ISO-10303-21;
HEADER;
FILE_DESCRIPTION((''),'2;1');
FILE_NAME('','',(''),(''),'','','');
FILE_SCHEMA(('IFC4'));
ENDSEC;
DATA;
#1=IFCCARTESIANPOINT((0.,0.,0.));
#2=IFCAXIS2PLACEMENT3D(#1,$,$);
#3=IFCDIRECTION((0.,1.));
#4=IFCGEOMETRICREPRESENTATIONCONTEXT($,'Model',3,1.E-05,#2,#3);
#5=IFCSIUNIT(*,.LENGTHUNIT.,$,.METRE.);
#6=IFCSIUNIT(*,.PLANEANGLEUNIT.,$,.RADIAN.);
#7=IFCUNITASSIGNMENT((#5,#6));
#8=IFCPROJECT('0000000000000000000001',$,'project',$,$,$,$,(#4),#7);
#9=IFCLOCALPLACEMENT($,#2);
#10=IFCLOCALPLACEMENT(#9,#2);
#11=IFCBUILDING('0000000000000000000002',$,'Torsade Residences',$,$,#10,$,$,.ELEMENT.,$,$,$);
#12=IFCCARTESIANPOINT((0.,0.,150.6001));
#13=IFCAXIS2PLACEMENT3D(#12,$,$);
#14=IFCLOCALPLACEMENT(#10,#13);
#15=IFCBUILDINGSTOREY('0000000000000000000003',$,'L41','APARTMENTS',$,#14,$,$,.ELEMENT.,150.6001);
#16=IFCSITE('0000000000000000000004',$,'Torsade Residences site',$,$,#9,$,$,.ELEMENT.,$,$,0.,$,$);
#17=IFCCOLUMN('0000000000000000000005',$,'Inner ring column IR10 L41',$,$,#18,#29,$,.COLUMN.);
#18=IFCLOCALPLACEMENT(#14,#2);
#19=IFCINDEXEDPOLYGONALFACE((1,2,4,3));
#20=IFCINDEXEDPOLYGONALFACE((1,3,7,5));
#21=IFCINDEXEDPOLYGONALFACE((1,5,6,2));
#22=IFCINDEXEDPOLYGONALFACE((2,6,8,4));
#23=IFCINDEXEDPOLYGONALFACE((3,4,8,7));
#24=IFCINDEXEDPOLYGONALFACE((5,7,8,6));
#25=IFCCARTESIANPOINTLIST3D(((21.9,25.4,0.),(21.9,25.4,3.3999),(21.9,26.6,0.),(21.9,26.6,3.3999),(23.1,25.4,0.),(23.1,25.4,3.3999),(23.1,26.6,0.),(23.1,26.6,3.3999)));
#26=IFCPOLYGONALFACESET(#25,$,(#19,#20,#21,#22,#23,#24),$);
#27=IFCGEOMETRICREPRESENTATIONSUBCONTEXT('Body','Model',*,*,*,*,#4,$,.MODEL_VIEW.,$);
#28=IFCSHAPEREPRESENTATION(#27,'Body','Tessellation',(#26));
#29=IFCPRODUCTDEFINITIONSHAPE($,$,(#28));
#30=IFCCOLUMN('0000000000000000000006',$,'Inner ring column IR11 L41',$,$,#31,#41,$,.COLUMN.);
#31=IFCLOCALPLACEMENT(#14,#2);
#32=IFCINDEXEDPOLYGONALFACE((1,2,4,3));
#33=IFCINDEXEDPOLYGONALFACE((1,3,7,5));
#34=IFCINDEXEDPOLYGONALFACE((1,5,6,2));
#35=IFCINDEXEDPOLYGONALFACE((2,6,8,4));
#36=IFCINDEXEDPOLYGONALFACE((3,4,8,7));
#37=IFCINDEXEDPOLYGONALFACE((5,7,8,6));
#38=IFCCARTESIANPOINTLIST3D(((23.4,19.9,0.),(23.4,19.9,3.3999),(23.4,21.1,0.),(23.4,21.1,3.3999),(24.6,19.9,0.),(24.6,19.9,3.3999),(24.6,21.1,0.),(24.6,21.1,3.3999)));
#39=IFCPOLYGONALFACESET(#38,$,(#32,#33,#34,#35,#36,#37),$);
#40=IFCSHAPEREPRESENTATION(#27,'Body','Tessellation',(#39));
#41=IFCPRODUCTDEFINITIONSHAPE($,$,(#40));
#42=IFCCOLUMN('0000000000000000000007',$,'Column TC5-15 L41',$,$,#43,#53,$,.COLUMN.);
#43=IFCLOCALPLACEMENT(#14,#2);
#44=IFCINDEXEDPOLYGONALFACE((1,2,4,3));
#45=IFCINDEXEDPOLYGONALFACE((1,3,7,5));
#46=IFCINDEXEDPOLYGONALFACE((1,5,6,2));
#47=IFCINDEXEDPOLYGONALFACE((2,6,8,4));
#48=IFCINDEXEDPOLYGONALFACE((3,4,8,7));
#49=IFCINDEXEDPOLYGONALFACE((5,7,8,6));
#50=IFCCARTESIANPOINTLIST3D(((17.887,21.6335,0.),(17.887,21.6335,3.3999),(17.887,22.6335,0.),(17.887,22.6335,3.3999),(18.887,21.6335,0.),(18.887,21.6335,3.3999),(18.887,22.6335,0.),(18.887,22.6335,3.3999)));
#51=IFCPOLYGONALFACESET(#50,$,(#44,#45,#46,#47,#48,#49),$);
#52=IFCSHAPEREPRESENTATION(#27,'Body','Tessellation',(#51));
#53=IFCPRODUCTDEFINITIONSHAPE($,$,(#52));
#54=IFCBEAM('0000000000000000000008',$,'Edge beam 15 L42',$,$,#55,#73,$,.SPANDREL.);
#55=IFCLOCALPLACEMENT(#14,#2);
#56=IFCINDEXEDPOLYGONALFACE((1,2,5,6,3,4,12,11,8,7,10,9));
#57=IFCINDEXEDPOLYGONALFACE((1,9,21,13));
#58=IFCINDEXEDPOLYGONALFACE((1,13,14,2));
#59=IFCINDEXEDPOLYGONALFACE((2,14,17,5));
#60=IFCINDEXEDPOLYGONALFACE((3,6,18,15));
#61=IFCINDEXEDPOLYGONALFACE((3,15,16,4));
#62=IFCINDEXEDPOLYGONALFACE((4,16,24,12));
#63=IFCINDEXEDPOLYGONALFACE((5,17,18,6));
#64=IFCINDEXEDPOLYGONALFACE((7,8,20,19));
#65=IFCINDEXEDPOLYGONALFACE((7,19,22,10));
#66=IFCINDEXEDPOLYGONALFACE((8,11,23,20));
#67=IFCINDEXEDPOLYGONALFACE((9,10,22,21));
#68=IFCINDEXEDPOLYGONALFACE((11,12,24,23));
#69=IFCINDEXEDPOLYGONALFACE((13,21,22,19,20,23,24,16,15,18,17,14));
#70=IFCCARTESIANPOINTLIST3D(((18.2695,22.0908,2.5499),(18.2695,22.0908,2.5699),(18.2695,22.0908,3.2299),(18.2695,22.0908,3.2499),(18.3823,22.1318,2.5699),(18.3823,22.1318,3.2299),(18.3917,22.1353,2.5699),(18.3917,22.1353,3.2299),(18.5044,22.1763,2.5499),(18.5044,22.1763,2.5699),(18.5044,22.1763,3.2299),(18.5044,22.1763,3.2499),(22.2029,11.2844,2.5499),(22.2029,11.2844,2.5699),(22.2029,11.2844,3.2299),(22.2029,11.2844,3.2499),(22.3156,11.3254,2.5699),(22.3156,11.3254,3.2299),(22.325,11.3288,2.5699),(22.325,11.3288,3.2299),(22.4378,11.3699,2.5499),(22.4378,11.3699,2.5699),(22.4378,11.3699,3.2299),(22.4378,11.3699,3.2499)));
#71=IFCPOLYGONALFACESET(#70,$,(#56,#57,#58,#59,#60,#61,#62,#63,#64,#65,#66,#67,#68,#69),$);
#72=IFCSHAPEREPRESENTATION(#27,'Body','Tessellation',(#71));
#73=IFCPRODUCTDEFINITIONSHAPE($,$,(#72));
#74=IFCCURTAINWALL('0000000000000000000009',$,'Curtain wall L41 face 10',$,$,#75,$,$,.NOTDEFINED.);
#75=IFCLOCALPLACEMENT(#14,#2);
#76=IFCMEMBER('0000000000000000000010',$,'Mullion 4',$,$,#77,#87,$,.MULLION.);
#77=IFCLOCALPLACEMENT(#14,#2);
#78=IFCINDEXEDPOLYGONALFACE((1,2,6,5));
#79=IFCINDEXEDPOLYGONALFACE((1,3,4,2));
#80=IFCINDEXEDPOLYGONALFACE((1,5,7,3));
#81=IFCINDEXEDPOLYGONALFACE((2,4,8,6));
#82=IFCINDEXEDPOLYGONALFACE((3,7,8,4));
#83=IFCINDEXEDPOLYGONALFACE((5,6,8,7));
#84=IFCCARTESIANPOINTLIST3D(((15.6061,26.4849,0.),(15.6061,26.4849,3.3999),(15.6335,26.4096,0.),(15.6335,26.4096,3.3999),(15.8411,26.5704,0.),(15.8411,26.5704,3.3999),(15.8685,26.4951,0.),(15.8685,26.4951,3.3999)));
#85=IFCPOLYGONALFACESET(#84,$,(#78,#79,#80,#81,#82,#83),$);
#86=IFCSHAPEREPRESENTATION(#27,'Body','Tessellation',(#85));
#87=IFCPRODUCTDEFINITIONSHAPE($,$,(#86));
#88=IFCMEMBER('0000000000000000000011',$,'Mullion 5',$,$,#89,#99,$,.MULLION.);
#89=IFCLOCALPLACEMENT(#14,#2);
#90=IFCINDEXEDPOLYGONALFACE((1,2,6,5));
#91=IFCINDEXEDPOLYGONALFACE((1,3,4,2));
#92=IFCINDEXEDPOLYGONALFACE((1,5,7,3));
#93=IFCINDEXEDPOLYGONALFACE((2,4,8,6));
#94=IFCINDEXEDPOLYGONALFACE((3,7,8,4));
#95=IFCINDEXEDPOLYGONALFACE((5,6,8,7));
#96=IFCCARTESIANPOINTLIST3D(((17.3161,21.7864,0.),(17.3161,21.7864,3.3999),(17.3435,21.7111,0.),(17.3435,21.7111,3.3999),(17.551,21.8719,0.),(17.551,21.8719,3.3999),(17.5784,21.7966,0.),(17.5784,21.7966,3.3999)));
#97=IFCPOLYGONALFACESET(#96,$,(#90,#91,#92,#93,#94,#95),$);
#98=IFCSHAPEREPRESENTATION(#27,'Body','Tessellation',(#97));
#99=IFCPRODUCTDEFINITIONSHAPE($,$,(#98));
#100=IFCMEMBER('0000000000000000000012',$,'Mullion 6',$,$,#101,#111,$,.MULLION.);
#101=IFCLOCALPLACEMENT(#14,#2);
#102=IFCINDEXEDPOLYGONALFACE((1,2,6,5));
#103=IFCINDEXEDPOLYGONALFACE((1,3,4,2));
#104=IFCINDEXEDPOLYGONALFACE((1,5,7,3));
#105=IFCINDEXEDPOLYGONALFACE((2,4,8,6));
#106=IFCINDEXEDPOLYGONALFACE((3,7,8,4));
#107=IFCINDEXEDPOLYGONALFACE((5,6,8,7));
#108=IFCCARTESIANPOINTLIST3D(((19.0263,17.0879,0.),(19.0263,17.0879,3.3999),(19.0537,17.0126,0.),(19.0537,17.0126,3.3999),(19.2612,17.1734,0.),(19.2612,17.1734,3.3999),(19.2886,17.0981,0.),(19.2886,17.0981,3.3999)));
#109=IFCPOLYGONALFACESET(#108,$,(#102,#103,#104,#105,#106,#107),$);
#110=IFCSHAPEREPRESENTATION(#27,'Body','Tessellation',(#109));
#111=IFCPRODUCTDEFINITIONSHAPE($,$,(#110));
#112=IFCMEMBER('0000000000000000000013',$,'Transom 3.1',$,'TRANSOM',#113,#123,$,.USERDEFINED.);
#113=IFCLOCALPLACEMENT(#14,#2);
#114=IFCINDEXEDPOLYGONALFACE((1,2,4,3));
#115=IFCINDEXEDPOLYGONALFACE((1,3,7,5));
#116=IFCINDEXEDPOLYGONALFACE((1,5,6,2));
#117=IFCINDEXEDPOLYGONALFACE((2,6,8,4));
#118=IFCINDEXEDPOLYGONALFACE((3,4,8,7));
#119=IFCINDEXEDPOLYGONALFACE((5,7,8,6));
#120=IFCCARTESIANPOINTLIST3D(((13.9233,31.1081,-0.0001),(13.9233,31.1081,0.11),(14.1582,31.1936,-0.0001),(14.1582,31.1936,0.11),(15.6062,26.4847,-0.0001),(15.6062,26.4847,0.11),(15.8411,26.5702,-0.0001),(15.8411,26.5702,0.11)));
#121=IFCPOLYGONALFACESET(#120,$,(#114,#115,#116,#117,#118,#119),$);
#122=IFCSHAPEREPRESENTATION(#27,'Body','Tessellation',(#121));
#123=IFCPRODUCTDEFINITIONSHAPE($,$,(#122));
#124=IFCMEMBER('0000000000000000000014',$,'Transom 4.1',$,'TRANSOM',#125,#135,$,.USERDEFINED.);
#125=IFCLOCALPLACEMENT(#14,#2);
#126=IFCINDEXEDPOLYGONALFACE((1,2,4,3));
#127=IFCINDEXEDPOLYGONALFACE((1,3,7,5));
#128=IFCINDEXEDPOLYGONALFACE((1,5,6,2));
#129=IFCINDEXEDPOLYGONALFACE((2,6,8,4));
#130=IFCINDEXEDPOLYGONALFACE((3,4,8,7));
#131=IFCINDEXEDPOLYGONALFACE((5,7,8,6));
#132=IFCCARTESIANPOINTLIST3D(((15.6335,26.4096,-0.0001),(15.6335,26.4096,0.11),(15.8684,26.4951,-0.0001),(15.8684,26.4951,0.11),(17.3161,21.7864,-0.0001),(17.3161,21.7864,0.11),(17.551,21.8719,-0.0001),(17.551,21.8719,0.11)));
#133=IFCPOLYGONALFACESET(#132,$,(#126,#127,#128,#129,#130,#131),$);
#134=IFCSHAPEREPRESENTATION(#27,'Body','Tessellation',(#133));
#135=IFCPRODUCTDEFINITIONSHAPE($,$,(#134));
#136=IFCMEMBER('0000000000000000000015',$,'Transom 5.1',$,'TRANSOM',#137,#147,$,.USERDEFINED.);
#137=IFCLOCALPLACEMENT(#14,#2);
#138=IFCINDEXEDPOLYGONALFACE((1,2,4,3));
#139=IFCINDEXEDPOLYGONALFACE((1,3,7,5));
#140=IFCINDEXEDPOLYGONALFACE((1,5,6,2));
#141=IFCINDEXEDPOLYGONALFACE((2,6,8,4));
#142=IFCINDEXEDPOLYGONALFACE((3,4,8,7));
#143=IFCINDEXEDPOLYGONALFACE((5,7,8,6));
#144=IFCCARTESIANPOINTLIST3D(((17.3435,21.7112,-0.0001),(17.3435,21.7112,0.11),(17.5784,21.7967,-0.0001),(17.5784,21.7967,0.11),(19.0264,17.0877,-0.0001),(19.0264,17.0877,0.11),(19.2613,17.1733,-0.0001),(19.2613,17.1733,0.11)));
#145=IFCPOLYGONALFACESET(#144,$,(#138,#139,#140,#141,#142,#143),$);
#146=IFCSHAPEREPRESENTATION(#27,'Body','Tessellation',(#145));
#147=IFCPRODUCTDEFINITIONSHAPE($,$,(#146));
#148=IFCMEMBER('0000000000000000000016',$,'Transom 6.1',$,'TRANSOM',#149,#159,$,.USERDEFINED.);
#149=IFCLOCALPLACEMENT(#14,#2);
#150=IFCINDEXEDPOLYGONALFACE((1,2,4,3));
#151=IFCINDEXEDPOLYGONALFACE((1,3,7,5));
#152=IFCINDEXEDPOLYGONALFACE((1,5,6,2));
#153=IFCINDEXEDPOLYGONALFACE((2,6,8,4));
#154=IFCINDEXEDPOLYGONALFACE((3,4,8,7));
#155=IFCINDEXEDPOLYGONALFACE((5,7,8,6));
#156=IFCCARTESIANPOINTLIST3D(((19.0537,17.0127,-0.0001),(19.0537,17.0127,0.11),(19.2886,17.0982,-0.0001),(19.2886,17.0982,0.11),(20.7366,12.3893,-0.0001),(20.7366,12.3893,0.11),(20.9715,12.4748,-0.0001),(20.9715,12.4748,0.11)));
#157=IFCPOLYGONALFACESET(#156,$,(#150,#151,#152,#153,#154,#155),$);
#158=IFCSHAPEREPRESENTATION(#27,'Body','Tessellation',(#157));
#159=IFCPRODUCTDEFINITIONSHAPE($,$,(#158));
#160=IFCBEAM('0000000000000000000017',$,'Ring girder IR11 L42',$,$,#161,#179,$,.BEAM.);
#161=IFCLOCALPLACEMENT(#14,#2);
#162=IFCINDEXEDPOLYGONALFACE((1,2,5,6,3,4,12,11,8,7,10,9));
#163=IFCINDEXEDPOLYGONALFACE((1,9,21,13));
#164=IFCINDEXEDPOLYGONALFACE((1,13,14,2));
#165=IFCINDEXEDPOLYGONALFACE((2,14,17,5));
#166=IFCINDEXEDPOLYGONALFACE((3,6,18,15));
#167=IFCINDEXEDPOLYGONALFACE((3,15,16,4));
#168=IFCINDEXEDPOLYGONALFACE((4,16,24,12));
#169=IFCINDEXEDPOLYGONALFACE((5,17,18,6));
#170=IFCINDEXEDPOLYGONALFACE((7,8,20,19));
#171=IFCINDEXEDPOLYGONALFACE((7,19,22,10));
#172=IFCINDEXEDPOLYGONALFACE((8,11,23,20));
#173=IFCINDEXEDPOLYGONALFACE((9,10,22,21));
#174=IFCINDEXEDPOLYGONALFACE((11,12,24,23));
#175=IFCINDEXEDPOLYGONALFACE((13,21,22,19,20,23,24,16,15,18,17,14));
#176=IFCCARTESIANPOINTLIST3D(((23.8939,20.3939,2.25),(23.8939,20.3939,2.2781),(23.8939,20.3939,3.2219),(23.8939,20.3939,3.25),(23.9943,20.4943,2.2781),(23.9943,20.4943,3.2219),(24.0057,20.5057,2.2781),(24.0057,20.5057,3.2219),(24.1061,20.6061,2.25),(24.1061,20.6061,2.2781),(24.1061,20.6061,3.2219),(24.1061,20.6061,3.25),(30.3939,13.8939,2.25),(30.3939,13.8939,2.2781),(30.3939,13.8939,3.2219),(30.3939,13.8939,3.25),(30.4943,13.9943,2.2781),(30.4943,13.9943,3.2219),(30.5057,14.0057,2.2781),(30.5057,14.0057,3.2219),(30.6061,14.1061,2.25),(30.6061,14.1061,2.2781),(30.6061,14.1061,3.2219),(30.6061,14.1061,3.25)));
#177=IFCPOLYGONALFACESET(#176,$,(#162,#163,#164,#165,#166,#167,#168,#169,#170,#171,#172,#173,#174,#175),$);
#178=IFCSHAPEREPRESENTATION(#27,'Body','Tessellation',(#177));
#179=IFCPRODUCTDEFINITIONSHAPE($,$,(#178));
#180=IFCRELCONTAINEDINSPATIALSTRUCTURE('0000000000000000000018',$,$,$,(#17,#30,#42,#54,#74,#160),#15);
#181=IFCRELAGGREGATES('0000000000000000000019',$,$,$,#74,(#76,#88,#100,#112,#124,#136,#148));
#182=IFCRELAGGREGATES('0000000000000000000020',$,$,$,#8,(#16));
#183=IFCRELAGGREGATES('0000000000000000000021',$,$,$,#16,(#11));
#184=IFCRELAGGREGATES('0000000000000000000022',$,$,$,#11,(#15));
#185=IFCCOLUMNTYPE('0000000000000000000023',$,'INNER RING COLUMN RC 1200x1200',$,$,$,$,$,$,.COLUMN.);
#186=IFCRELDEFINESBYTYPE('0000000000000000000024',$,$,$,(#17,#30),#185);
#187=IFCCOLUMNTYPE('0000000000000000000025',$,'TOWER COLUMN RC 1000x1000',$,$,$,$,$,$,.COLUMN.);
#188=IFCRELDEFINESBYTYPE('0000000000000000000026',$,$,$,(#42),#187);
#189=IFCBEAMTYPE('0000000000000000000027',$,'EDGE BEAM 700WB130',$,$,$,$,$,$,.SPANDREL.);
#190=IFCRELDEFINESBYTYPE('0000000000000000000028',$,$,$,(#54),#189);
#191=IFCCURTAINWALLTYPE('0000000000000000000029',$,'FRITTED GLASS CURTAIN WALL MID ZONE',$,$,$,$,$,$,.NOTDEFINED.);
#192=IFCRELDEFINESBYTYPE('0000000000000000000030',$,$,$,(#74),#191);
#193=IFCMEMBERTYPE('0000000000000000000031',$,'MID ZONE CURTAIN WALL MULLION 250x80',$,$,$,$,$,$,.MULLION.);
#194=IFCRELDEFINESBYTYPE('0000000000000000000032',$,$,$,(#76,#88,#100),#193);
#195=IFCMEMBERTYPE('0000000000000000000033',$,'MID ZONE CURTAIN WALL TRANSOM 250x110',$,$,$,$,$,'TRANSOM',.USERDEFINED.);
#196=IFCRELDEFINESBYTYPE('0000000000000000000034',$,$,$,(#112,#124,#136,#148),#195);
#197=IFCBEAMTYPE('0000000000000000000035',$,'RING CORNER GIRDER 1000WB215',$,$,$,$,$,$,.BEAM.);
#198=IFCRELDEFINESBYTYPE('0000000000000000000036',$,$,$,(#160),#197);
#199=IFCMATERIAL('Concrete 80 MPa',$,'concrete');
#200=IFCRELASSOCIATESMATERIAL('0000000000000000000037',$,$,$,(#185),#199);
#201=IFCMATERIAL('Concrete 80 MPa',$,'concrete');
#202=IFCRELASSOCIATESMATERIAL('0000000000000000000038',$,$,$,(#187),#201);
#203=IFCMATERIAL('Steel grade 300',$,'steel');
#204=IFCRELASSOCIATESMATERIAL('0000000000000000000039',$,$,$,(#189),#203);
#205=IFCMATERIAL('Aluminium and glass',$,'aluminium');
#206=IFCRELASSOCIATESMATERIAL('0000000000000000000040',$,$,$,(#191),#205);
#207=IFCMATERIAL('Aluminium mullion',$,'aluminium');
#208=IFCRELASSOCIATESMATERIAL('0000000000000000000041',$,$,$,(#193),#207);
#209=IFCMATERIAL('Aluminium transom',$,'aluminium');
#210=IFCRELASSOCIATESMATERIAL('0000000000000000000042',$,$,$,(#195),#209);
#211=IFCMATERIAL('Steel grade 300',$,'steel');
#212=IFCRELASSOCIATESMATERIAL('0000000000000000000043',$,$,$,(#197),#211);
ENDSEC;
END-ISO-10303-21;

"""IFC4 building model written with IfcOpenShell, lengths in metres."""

from ifc_helpers import new_model, si_unit, direction, frame, origin, origin_2d, place, context, subcontext, project, spatial, rectangle, i_section, extrude, material, material_profile, profile_set, type_object, element, aggregate, save


model = new_model("IFC4")

# Units and contexts
model_context = context("Model", 3, precision=1e-05, world=origin(), true_north=direction((0.0, 1.0)))
body_context = subcontext(model_context, "Body", "Model", "MODEL_VIEW")
ifc_project = project(units=[si_unit("LENGTHUNIT", "METRE"), si_unit("PLANEANGLEUNIT", "RADIAN")], contexts=[model_context])

# Site, building, storey
site_placement = place(None, origin())
site = spatial("IfcSite", under=ifc_project, at=site_placement, Name="Torsade Residences site", CompositionType="ELEMENT", RefElevation=0.0)
building_placement = place(site_placement, origin())
building = spatial("IfcBuilding", under=site, at=building_placement, Name="Torsade Residences", CompositionType="ELEMENT")
storey_placement = place(building_placement, frame((0.0, 0.0, 150.6001)))
storey = spatial("IfcBuildingStorey", under=building, at=storey_placement, Name="L41", Description="APARTMENTS", CompositionType="ELEMENT", Elevation=150.6001)

# Columns
ifc_material_1 = material(Name="Concrete 80 MPa", Category="concrete")
ifc_material_profile_1 = material_profile(ifc_material_1, rectangle(XDim=1.2, YDim=1.2, at=origin_2d()), Name="RC 1200x1200")
ifc_profile_set_1 = profile_set([ifc_material_profile_1], Name="Concrete 80 MPa")
column_type_1 = type_object("IfcColumnType", Name="INNER RING COLUMN RC 1200x1200", PredefinedType="COLUMN", material=ifc_profile_set_1)
for number, where, z_axis, x_axis, name in (
    (1, (22.5, 26.0, 0.0), (0.0, 0.0, 1.0), (1.0, 0.0, 0.0), "Inner ring column IR10 L41"),
    (2, (24.0, 20.5, 0.0), (0.0, 0.0, 1.0), (1.0, 0.0, 0.0), "Inner ring column IR11 L41"),
):
    element("IfcColumn", number, at=place(storey_placement, frame(where, z_axis=z_axis, x_axis=x_axis)), inside=storey, type_object=column_type_1, Name=name, PredefinedType="COLUMN", context=body_context, shape_type="SweptSolid", body=[
        extrude(rectangle(XDim=1.2, YDim=1.2, at=origin_2d()), origin(), (0.0, 0.0, 1.0), 3.3999),
    ])
ifc_material_2 = material(Name="Concrete 80 MPa", Category="concrete")
ifc_material_profile_2 = material_profile(ifc_material_2, rectangle(XDim=1.0, YDim=1.0, at=origin_2d()), Name="RC 1000x1000")
ifc_profile_set_2 = profile_set([ifc_material_profile_2], Name="Concrete 80 MPa")
column_type_2 = type_object("IfcColumnType", Name="TOWER COLUMN RC 1000x1000", PredefinedType="COLUMN", material=ifc_profile_set_2)
column_placement = place(storey_placement, frame((18.387, 22.1335, 0.0), z_axis=(0.0, 0.0, 1.0), x_axis=(1.0, 0.0, 0.0)))
element("IfcColumn", 3, at=column_placement, inside=storey, type_object=column_type_2, Name="Column TC5-15 L41", PredefinedType="COLUMN", context=body_context, shape_type="SweptSolid", body=[
    extrude(rectangle(XDim=1.0, YDim=1.0, at=origin_2d()), origin(), (0.0, 0.0, 1.0), 3.3999),
])

# Beam
ifc_material_3 = material(Name="Steel grade 300", Category="steel")
ifc_material_profile_3 = material_profile(ifc_material_3, i_section(OverallWidth=0.25, OverallDepth=0.7, WebThickness=0.01, FlangeThickness=0.02, at=origin_2d()), Name="700WB130")
ifc_profile_set_3 = profile_set([ifc_material_profile_3], Name="Steel grade 300")
beam_type_1 = type_object("IfcBeamType", Name="EDGE BEAM 700WB130", PredefinedType="SPANDREL", material=ifc_profile_set_3)
beam_1_placement = place(storey_placement, frame((18.387, 22.1335, 2.8999), z_axis=(0.342031, -0.939689, 0.0), x_axis=(0.939689, 0.342031, 0.0)))
element("IfcBeam", 4, at=beam_1_placement, inside=storey, type_object=beam_type_1, Name="Edge beam 15 L42", PredefinedType="SPANDREL", context=body_context, shape_type="SweptSolid", body=[
    extrude(i_section(OverallWidth=0.25, OverallDepth=0.7, WebThickness=0.01, FlangeThickness=0.02, at=origin_2d()), origin(), (0.0, 0.0, 1.0), 11.5),
])

# Curtain wall, members
ifc_material_4 = material(Name="Aluminium and glass", Category="aluminium")
curtain_wall_type = type_object("IfcCurtainWallType", Name="FRITTED GLASS CURTAIN WALL MID ZONE", PredefinedType="NOTDEFINED", material=ifc_material_4)
curtain_wall_placement = place(storey_placement, origin())
curtain_wall = element("IfcCurtainWall", 5, at=curtain_wall_placement, inside=storey, type_object=curtain_wall_type, Name="Curtain wall L41 face 10", PredefinedType="NOTDEFINED")
ifc_material_5 = material(Name="Aluminium mullion", Category="aluminium")
ifc_material_profile_4 = material_profile(ifc_material_5, rectangle(XDim=0.25, YDim=0.0801, at=origin_2d()), Name="MID ZONE CURTAIN WALL MULLION 250x80")
ifc_profile_set_4 = profile_set([ifc_material_profile_4], Name="Aluminium mullion")
member_type_1 = type_object("IfcMemberType", Name="MID ZONE CURTAIN WALL MULLION 250x80", PredefinedType="MULLION", material=ifc_profile_set_4)
member_1_placement = place(storey_placement, frame((15.7373, 26.49, 0.0), z_axis=(0.0, 0.0, 1.0), x_axis=(0.939693, 0.34202, 0.0)))
member_1 = element("IfcMember", 6, at=member_1_placement, type_object=member_type_1, Name="Mullion 4", PredefinedType="MULLION", context=body_context, shape_type="SweptSolid", body=[
    extrude(rectangle(XDim=0.25, YDim=0.0801, at=origin_2d()), origin(), (0.0, 0.0, 1.0), 3.3999),
])
member_2_placement = place(storey_placement, frame((17.4473, 21.7915, 0.0), z_axis=(0.0, 0.0, 1.0), x_axis=(0.939693, 0.34202, 0.0)))
member_2 = element("IfcMember", 7, at=member_2_placement, type_object=member_type_1, Name="Mullion 5", PredefinedType="MULLION", context=body_context, shape_type="SweptSolid", body=[
    extrude(rectangle(XDim=0.25, YDim=0.0801, at=origin_2d()), origin(), (0.0, 0.0, 1.0), 3.3999),
])
member_3_placement = place(storey_placement, frame((19.1575, 17.093, 0.0), z_axis=(0.0, 0.0, 1.0), x_axis=(0.939693, 0.34202, 0.0)))
member_3 = element("IfcMember", 8, at=member_3_placement, type_object=member_type_1, Name="Mullion 6", PredefinedType="MULLION", context=body_context, shape_type="SweptSolid", body=[
    extrude(rectangle(XDim=0.25, YDim=0.0801, at=origin_2d()), origin(), (0.0, 0.0, 1.0), 3.3999),
])
ifc_material_6 = material(Name="Aluminium transom", Category="aluminium")
ifc_material_profile_5 = material_profile(ifc_material_6, rectangle(XDim=0.25, YDim=0.1101, at=origin_2d()), Name="MID ZONE CURTAIN WALL TRANSOM 250x110")
ifc_profile_set_5 = profile_set([ifc_material_profile_5], Name="Aluminium transom")
member_type_2 = type_object("IfcMemberType", Name="MID ZONE CURTAIN WALL TRANSOM 250x110", ElementType="TRANSOM", PredefinedType="USERDEFINED", material=ifc_profile_set_5)
member_4_placement = place(storey_placement, frame((14.0408, 31.1509, 0.0549), z_axis=(0.342042, -0.939685, 0.0), x_axis=(0.939685, 0.342042, 0.0)))
member_4 = element("IfcMember", 9, at=member_4_placement, type_object=member_type_2, Name="Transom 3.1", ObjectType="TRANSOM", PredefinedType="USERDEFINED", context=body_context, shape_type="SweptSolid", body=[
    extrude(rectangle(XDim=0.25, YDim=0.1101, at=origin_2d()), origin(), (0.0, 0.0, 1.0), 4.9202),
])
member_5_placement = place(storey_placement, frame((15.751, 26.4524, 0.0549), z_axis=(0.341998, -0.939701, 0.0), x_axis=(0.939701, 0.341998, 0.0)))
member_5 = element("IfcMember", 10, at=member_5_placement, type_object=member_type_2, Name="Transom 4.1", ObjectType="TRANSOM", PredefinedType="USERDEFINED", context=body_context, shape_type="SweptSolid", body=[
    extrude(rectangle(XDim=0.25, YDim=0.1101, at=origin_2d()), origin(), (0.0, 0.0, 1.0), 4.9199),
])
member_6_placement = place(storey_placement, frame((17.4609, 21.7539, 0.0549), z_axis=(0.342042, -0.939685, 0.0), x_axis=(0.939685, 0.342042, 0.0)))
member_6 = element("IfcMember", 11, at=member_6_placement, type_object=member_type_2, Name="Transom 5.1", ObjectType="TRANSOM", PredefinedType="USERDEFINED", context=body_context, shape_type="SweptSolid", body=[
    extrude(rectangle(XDim=0.25, YDim=0.1101, at=origin_2d()), origin(), (0.0, 0.0, 1.0), 4.9202),
])
member_7_placement = place(storey_placement, frame((19.1711, 17.0554, 0.0549), z_axis=(0.342042, -0.939685, 0.0), x_axis=(0.939685, 0.342042, 0.0)))
member_7 = element("IfcMember", 12, at=member_7_placement, type_object=member_type_2, Name="Transom 6.1", ObjectType="TRANSOM", PredefinedType="USERDEFINED", context=body_context, shape_type="SweptSolid", body=[
    extrude(rectangle(XDim=0.25, YDim=0.1101, at=origin_2d()), origin(), (0.0, 0.0, 1.0), 4.9202),
])

# Beam
ifc_material_7 = material(Name="Steel grade 300", Category="steel")
ifc_material_profile_6 = material_profile(ifc_material_7, i_section(OverallWidth=0.3, OverallDepth=1.0, WebThickness=0.0161, FlangeThickness=0.0281, at=origin_2d()), Name="1000WB215")
ifc_profile_set_6 = profile_set([ifc_material_profile_6], Name="Steel grade 300")
beam_type_2 = type_object("IfcBeamType", Name="RING CORNER GIRDER 1000WB215", PredefinedType="BEAM", material=ifc_profile_set_6)
beam_2_placement = place(storey_placement, frame((24.0, 20.5, 2.75), z_axis=(0.707107, -0.707107, 0.0), x_axis=(0.707107, 0.707107, 0.0)))
element("IfcBeam", 13, at=beam_2_placement, inside=storey, type_object=beam_type_2, Name="Ring girder IR11 L42", PredefinedType="BEAM", context=body_context, shape_type="SweptSolid", body=[
    extrude(i_section(OverallWidth=0.3, OverallDepth=1.0, WebThickness=0.0161, FlangeThickness=0.0281, at=origin_2d()), origin(), (0.0, 0.0, 1.0), 9.1924),
])

aggregate(curtain_wall, [member_1, member_2, member_3, member_4, member_5, member_6, member_7])

save(model, "model.ifc")
